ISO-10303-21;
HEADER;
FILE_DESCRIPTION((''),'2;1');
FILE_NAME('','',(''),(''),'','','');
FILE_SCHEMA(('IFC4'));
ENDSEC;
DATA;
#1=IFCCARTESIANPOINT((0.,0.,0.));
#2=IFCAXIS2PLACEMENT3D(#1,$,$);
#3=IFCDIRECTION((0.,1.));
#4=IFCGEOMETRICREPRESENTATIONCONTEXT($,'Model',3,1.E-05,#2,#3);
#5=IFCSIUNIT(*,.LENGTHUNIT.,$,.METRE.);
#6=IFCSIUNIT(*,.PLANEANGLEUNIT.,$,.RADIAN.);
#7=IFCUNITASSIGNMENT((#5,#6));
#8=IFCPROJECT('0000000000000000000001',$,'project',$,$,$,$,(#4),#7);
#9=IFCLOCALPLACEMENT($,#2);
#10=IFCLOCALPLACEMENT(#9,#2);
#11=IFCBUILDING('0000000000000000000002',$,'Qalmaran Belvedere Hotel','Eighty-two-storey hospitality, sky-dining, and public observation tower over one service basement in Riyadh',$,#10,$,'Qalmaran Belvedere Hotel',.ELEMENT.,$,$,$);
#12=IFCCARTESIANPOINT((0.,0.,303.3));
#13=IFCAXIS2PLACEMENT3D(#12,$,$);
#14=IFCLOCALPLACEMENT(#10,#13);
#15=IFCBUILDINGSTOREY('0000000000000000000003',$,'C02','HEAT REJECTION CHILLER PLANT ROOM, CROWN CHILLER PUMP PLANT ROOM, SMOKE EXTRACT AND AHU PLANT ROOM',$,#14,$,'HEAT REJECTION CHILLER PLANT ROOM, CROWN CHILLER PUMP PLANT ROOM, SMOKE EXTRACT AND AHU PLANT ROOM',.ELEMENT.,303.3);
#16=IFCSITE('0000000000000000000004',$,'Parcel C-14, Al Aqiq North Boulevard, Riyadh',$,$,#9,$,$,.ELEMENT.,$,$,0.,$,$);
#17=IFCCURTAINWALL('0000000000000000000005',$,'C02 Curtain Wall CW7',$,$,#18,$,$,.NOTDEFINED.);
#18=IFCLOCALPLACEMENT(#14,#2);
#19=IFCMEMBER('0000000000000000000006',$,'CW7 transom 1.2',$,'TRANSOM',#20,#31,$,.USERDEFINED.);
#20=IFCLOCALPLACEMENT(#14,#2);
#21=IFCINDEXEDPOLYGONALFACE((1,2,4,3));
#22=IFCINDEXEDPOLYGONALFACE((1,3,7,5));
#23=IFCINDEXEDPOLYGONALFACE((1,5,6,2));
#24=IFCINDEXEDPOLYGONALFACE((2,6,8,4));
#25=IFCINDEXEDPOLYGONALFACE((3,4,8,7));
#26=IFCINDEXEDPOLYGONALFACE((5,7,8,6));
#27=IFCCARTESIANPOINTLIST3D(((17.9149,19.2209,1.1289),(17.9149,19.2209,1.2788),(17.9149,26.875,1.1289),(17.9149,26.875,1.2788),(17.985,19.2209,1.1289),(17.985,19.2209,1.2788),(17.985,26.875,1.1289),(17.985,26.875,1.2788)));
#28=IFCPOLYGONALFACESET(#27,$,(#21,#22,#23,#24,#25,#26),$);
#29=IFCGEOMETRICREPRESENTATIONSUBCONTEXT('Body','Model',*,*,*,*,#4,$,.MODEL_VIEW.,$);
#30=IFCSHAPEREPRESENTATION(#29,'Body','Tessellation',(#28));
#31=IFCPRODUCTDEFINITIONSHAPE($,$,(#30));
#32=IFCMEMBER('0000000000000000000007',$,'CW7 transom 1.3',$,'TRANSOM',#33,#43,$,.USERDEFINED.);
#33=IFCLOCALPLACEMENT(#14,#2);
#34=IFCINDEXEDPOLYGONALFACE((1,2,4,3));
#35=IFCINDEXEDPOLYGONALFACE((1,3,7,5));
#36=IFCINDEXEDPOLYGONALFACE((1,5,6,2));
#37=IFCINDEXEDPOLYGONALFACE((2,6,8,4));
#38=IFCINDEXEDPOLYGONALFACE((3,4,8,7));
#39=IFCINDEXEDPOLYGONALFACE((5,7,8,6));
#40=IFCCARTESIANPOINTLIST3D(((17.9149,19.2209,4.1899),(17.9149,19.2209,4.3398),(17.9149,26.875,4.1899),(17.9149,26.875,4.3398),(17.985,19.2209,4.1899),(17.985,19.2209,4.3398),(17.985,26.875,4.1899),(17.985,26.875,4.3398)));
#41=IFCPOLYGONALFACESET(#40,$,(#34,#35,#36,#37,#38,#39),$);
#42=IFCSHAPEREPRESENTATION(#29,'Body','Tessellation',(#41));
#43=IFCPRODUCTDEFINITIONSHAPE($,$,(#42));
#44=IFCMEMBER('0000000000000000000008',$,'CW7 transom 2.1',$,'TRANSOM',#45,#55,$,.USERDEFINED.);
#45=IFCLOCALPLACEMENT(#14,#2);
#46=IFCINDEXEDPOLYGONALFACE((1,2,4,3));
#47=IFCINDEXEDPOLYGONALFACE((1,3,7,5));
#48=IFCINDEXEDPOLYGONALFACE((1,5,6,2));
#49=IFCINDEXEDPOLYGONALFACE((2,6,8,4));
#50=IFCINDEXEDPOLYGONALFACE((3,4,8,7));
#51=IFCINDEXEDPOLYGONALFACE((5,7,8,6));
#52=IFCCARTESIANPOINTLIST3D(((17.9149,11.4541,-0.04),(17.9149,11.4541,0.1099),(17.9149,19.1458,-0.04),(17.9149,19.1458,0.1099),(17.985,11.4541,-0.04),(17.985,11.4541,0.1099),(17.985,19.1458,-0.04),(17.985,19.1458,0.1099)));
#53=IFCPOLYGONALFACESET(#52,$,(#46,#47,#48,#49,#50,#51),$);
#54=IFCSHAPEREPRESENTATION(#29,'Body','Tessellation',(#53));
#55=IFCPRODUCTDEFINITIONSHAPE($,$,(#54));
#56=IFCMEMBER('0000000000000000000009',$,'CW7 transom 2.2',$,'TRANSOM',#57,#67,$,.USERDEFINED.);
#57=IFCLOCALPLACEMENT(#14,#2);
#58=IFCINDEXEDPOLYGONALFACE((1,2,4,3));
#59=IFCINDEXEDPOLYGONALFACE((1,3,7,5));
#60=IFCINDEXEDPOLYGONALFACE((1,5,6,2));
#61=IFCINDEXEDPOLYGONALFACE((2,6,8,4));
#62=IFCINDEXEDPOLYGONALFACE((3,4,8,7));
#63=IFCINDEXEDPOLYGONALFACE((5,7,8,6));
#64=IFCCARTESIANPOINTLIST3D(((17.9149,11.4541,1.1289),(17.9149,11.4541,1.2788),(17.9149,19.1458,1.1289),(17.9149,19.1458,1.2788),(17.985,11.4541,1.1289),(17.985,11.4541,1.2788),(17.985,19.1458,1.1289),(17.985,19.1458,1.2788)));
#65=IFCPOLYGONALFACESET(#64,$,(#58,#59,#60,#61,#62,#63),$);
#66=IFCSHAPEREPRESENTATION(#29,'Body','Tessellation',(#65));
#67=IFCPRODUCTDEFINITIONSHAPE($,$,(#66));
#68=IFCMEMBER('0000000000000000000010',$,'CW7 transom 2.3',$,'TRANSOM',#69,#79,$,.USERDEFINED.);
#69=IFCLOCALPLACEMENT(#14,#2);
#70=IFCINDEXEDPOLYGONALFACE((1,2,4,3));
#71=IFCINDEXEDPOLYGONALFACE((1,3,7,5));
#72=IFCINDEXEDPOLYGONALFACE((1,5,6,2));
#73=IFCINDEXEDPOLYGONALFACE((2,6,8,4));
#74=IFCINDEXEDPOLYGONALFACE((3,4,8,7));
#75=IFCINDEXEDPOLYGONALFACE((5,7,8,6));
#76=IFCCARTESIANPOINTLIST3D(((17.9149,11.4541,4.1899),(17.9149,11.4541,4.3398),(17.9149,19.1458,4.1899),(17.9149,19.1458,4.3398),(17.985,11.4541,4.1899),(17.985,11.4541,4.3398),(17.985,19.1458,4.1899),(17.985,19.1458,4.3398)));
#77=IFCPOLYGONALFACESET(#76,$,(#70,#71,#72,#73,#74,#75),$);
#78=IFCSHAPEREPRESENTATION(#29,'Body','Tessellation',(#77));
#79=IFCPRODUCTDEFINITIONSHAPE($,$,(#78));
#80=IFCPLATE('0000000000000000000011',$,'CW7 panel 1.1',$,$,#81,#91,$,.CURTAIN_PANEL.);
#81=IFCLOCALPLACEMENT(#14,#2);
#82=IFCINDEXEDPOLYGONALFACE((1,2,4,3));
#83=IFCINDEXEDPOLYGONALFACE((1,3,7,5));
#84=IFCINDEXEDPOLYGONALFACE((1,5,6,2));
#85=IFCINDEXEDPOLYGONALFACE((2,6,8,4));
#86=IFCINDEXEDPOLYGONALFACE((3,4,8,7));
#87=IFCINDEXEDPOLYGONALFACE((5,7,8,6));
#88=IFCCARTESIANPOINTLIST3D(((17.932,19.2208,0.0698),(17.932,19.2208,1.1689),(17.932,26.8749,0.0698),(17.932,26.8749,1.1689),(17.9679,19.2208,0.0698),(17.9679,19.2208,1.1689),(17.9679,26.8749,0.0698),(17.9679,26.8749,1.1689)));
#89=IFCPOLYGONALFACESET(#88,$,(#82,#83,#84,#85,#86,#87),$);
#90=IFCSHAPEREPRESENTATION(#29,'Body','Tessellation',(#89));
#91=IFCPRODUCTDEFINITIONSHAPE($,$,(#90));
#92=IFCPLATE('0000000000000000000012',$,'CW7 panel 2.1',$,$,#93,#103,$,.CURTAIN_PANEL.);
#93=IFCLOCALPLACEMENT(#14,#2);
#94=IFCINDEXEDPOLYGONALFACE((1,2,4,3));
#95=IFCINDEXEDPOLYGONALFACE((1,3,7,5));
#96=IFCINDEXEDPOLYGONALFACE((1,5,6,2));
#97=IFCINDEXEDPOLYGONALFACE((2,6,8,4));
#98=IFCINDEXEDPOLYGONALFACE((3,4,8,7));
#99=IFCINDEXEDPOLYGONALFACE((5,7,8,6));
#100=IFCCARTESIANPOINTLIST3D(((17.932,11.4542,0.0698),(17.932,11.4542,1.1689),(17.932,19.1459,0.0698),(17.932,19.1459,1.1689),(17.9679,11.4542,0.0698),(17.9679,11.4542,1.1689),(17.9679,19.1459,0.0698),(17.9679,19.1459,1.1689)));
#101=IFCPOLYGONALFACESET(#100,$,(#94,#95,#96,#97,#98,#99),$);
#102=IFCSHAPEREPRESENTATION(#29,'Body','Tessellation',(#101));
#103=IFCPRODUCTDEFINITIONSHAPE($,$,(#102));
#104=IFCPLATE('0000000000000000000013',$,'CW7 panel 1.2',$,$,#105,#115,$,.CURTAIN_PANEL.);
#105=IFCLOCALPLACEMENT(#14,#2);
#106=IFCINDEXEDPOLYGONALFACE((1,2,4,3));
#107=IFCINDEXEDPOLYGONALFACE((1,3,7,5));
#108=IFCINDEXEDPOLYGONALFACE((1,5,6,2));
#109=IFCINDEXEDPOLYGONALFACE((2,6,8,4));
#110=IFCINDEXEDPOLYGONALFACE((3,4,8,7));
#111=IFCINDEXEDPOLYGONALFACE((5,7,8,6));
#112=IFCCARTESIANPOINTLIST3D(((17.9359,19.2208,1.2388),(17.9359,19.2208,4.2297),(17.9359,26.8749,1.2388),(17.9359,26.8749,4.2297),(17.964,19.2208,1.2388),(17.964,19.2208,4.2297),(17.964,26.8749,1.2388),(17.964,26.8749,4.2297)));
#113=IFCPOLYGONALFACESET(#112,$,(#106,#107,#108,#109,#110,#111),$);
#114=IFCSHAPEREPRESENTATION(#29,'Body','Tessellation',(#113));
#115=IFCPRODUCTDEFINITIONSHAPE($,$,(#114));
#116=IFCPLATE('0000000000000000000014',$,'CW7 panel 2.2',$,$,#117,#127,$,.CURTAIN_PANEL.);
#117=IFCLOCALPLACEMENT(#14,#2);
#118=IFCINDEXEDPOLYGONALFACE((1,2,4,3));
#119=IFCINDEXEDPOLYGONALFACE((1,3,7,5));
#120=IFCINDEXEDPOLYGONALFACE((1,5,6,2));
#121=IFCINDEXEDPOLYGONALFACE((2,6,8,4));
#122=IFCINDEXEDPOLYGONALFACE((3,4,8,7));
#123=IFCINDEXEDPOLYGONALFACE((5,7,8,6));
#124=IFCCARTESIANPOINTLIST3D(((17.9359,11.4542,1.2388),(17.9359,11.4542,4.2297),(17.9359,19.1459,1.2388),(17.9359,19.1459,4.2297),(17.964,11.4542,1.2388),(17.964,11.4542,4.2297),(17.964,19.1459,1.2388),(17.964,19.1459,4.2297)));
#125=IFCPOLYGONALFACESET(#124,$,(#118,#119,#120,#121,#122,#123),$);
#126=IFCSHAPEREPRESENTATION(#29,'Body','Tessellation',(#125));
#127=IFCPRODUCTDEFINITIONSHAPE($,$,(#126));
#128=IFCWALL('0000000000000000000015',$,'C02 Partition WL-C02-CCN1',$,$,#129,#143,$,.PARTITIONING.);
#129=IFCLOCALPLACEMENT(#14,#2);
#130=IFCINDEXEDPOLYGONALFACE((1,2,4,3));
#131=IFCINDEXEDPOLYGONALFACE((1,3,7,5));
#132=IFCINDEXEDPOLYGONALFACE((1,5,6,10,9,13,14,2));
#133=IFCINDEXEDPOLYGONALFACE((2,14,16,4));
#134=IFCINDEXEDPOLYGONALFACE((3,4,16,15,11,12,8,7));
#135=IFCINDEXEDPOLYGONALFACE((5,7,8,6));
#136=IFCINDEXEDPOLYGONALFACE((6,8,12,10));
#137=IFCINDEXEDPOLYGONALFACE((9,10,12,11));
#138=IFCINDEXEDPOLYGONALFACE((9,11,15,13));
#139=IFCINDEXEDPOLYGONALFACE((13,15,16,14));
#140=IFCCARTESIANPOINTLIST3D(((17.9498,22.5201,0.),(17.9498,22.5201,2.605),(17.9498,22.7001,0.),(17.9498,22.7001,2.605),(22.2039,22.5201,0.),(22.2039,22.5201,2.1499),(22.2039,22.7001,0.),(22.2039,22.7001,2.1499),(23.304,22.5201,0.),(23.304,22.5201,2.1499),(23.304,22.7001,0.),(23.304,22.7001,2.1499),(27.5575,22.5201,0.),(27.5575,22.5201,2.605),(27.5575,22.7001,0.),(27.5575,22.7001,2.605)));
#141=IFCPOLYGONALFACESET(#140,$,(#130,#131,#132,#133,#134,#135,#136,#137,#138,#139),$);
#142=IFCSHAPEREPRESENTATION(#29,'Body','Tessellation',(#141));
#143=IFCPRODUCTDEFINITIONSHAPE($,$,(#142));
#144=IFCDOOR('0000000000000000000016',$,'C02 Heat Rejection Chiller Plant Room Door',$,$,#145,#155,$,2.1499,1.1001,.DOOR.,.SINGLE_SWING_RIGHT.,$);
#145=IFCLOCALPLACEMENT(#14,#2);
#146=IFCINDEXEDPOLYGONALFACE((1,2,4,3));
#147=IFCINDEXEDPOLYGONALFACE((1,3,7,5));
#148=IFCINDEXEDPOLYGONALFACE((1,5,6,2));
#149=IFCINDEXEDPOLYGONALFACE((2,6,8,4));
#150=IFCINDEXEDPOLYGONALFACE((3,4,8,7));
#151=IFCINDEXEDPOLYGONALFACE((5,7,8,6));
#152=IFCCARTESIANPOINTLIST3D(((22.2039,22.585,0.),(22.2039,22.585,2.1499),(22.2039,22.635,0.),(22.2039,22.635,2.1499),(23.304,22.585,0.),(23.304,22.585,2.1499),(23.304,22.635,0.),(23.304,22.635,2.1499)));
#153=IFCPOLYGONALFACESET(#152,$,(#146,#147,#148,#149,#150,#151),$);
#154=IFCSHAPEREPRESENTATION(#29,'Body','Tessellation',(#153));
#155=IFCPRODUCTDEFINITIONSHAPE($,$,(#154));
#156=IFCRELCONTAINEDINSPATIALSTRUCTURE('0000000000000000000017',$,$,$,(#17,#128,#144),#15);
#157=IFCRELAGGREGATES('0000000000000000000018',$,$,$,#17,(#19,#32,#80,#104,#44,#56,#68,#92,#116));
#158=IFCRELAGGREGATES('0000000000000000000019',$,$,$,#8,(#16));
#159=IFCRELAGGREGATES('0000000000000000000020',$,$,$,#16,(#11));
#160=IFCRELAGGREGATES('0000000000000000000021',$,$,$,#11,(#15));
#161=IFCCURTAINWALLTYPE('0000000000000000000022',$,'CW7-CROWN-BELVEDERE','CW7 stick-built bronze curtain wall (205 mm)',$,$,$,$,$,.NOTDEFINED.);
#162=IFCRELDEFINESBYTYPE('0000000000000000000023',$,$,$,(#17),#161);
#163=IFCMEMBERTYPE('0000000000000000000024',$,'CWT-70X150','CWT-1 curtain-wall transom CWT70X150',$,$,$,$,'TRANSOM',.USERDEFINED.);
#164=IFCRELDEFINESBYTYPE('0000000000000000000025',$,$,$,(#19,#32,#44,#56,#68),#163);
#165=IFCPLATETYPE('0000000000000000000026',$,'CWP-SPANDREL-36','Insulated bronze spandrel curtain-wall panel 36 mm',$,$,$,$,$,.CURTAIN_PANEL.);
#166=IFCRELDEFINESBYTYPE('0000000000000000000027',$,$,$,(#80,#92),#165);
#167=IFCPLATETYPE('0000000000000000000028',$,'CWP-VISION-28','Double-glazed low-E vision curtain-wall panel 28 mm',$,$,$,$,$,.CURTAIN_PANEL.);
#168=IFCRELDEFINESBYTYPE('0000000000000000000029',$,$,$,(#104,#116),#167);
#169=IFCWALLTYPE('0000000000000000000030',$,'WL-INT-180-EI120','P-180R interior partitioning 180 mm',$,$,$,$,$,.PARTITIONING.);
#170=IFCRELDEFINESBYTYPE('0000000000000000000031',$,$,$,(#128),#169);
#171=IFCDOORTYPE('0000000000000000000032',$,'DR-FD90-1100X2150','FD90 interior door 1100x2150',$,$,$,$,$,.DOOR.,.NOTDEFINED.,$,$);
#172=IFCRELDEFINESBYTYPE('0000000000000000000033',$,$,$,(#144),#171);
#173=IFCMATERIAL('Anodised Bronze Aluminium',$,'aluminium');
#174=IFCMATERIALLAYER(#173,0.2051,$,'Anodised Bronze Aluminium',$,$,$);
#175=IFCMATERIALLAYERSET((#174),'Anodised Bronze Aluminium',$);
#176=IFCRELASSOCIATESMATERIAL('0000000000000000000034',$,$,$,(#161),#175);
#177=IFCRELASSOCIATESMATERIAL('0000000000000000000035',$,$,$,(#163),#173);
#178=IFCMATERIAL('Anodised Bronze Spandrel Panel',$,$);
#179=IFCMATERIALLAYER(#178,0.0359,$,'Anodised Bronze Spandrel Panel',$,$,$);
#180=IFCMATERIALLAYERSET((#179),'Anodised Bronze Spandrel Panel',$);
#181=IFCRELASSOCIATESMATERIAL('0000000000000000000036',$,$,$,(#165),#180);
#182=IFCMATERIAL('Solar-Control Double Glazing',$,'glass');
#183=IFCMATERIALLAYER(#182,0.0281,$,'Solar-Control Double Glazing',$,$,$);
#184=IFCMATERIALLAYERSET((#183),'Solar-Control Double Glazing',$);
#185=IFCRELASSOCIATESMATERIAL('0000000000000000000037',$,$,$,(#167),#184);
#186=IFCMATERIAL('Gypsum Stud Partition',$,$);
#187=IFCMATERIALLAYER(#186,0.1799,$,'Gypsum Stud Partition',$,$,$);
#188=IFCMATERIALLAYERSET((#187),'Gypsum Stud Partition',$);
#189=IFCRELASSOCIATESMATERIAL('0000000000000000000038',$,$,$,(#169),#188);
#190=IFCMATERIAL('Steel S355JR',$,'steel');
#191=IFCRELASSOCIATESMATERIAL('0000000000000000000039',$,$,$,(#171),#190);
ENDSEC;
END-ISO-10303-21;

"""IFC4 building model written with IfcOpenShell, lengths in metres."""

from ifc_helpers import new_model, si_unit, direction, frame, frame_2d, origin, origin_2d, place, context, subcontext, project, spatial, rectangle, extrude, material, layer, layer_set, material_profile, profile_set, type_object, element, fill, aggregate, save


model = new_model("IFC4")

# Units and contexts
model_context = context("Model", 3, precision=1e-05, world=origin(), true_north=direction((0.0, 1.0)))
body_context = subcontext(model_context, "Body", "Model", "MODEL_VIEW")
ifc_project = project(units=[si_unit("LENGTHUNIT", "METRE"), si_unit("PLANEANGLEUNIT", "RADIAN")], contexts=[model_context])

# Site, building, storey
site_placement = place(None, origin())
site = spatial("IfcSite", under=ifc_project, at=site_placement, Name="Parcel C-14, Al Aqiq North Boulevard, Riyadh", CompositionType="ELEMENT", RefElevation=0.0)
building_placement = place(site_placement, origin())
building = spatial("IfcBuilding", under=site, at=building_placement, Name="Qalmaran Belvedere Hotel", Description="Eighty-two-storey hospitality, sky-dining, and public observation tower over one service basement in Riyadh", LongName="Qalmaran Belvedere Hotel", CompositionType="ELEMENT")
storey_placement = place(building_placement, frame((0.0, 0.0, 303.3)))
storey = spatial("IfcBuildingStorey", under=building, at=storey_placement, Name="C02", Description="HEAT REJECTION CHILLER PLANT ROOM, CROWN CHILLER PUMP PLANT ROOM, SMOKE EXTRACT AND AHU PLANT ROOM", LongName="HEAT REJECTION CHILLER PLANT ROOM, CROWN CHILLER PUMP PLANT ROOM, SMOKE EXTRACT AND AHU PLANT ROOM", CompositionType="ELEMENT", Elevation=303.3)

# Shared definitions
ifc_material_1 = material(Name="Steel S355JR", Category="steel")

# Shared definitions
ifc_material_2 = material(Name="Anodised Bronze Aluminium", Category="aluminium")
ifc_layer_1 = layer(ifc_material_2, 0.2051, Name="Anodised Bronze Aluminium")
ifc_layer_set_1 = layer_set([ifc_layer_1], Name="Anodised Bronze Aluminium")
curtain_wall_type = type_object("IfcCurtainWallType", Name="CW7-CROWN-BELVEDERE", Description="CW7 stick-built bronze curtain wall (205 mm)", PredefinedType="NOTDEFINED", material=ifc_layer_set_1)

# Curtain wall, members, plates
curtain_wall_1_placement = place(storey_placement, origin())
curtain_wall_1 = element("IfcCurtainWall", 1, at=curtain_wall_1_placement, inside=storey, type_object=curtain_wall_type, Name="C02 Curtain Wall CW7", PredefinedType="NOTDEFINED")
ifc_material_profile_1 = material_profile(ifc_material_2, rectangle(XDim=0.0701, YDim=0.1499, at=origin_2d()), Name="CWT70X150")
ifc_profile_set_1 = profile_set([ifc_material_profile_1], Name="Anodised Bronze Aluminium")
member_type_1 = type_object("IfcMemberType", Name="CWT-70X150", Description="CWT-1 curtain-wall transom CWT70X150", ElementType="TRANSOM", PredefinedType="USERDEFINED", material=ifc_profile_set_1)
member_1_placement = place(storey_placement, frame((17.95, 26.875, 1.2039), z_axis=(0.0, -1.0, 0.0), x_axis=(1.0, 0.0, 0.0)))
member_1 = element("IfcMember", 2, at=member_1_placement, type_object=member_type_1, Name="CW7 transom 1.2", ObjectType="TRANSOM", PredefinedType="USERDEFINED", context=body_context, shape_type="SweptSolid", body=[
    extrude(rectangle(XDim=0.0701, YDim=0.1499, at=origin_2d()), origin(), (0.0, 0.0, 1.0), 7.6541),
])
member_2_placement = place(storey_placement, frame((17.95, 26.875, 4.2649), z_axis=(0.0, -1.0, 0.0), x_axis=(1.0, 0.0, 0.0)))
member_2 = element("IfcMember", 3, at=member_2_placement, type_object=member_type_1, Name="CW7 transom 1.3", ObjectType="TRANSOM", PredefinedType="USERDEFINED", context=body_context, shape_type="SweptSolid", body=[
    extrude(rectangle(XDim=0.0701, YDim=0.1499, at=origin_2d()), origin(), (0.0, 0.0, 1.0), 7.6541),
])
member_3_placement = place(storey_placement, frame((17.95, 19.1458, 0.0349), z_axis=(0.0, -1.0, 0.0), x_axis=(1.0, 0.0, 0.0)))
member_3 = element("IfcMember", 4, at=member_3_placement, type_object=member_type_1, Name="CW7 transom 2.1", ObjectType="TRANSOM", PredefinedType="USERDEFINED", context=body_context, shape_type="SweptSolid", body=[
    extrude(rectangle(XDim=0.0701, YDim=0.1499, at=origin_2d()), origin(), (0.0, 0.0, 1.0), 7.6917),
])
member_4_placement = place(storey_placement, frame((17.95, 19.1458, 1.2039), z_axis=(0.0, -1.0, 0.0), x_axis=(1.0, 0.0, 0.0)))
member_4 = element("IfcMember", 5, at=member_4_placement, type_object=member_type_1, Name="CW7 transom 2.2", ObjectType="TRANSOM", PredefinedType="USERDEFINED", context=body_context, shape_type="SweptSolid", body=[
    extrude(rectangle(XDim=0.0701, YDim=0.1499, at=origin_2d()), origin(), (0.0, 0.0, 1.0), 7.6917),
])
member_5_placement = place(storey_placement, frame((17.95, 19.1458, 4.2649), z_axis=(0.0, -1.0, 0.0), x_axis=(1.0, 0.0, 0.0)))
member_5 = element("IfcMember", 6, at=member_5_placement, type_object=member_type_1, Name="CW7 transom 2.3", ObjectType="TRANSOM", PredefinedType="USERDEFINED", context=body_context, shape_type="SweptSolid", body=[
    extrude(rectangle(XDim=0.0701, YDim=0.1499, at=origin_2d()), origin(), (0.0, 0.0, 1.0), 7.6917),
])
ifc_material_3 = material(Name="Anodised Bronze Spandrel Panel")
ifc_layer_2 = layer(ifc_material_3, 0.0359, Name="Anodised Bronze Spandrel Panel")
ifc_layer_set_2 = layer_set([ifc_layer_2], Name="Anodised Bronze Spandrel Panel")
plate_type_1 = type_object("IfcPlateType", Name="CWP-SPANDREL-36", Description="Insulated bronze spandrel curtain-wall panel 36 mm", PredefinedType="CURTAIN_PANEL", material=ifc_layer_set_2)
plate_1_placement = place(storey_placement, frame((17.95, 23.0479, 0.0698), z_axis=(0.0, 0.0, 1.0), x_axis=(0.0, -1.0, 0.0)))
plate_1 = element("IfcPlate", 7, at=plate_1_placement, type_object=plate_type_1, Name="CW7 panel 1.1", PredefinedType="CURTAIN_PANEL", context=body_context, shape_type="SweptSolid", body=[
    extrude(rectangle(XDim=7.6541, YDim=0.0359, at=origin_2d()), origin(), (0.0, 0.0, 1.0), 1.0991),
])
plate_2_placement = place(storey_placement, frame((17.95, 15.3, 0.0698), z_axis=(0.0, 0.0, 1.0), x_axis=(0.0, -1.0, 0.0)))
plate_2 = element("IfcPlate", 8, at=plate_2_placement, type_object=plate_type_1, Name="CW7 panel 2.1", PredefinedType="CURTAIN_PANEL", context=body_context, shape_type="SweptSolid", body=[
    extrude(rectangle(XDim=7.6917, YDim=0.0359, at=origin_2d()), origin(), (0.0, 0.0, 1.0), 1.0991),
])
ifc_material_4 = material(Name="Solar-Control Double Glazing", Category="glass")
ifc_layer_3 = layer(ifc_material_4, 0.0281, Name="Solar-Control Double Glazing")
ifc_layer_set_3 = layer_set([ifc_layer_3], Name="Solar-Control Double Glazing")
plate_type_2 = type_object("IfcPlateType", Name="CWP-VISION-28", Description="Double-glazed low-E vision curtain-wall panel 28 mm", PredefinedType="CURTAIN_PANEL", material=ifc_layer_set_3)
plate_3_placement = place(storey_placement, frame((17.95, 23.0479, 1.2388), z_axis=(0.0, 0.0, 1.0), x_axis=(0.0, -1.0, 0.0)))
plate_3 = element("IfcPlate", 9, at=plate_3_placement, type_object=plate_type_2, Name="CW7 panel 1.2", PredefinedType="CURTAIN_PANEL", context=body_context, shape_type="SweptSolid", body=[
    extrude(rectangle(XDim=7.6541, YDim=0.0281, at=origin_2d()), origin(), (0.0, 0.0, 1.0), 2.991),
])
plate_4_placement = place(storey_placement, frame((17.95, 15.3, 1.2388), z_axis=(0.0, 0.0, 1.0), x_axis=(0.0, -1.0, 0.0)))
plate_4 = element("IfcPlate", 10, at=plate_4_placement, type_object=plate_type_2, Name="CW7 panel 2.2", PredefinedType="CURTAIN_PANEL", context=body_context, shape_type="SweptSolid", body=[
    extrude(rectangle(XDim=7.6917, YDim=0.0281, at=origin_2d()), origin(), (0.0, 0.0, 1.0), 2.991),
])
aggregate(curtain_wall_1, [member_1, member_2, plate_1, plate_3, member_3, member_4, member_5, plate_2, plate_4])

# Wall, opening, door
ifc_material_5 = material(Name="Gypsum Stud Partition")
ifc_layer_4 = layer(ifc_material_5, 0.1799, Name="Gypsum Stud Partition")
ifc_layer_set_4 = layer_set([ifc_layer_4], Name="Gypsum Stud Partition")
wall_type_1 = type_object("IfcWallType", Name="WL-INT-180-EI120", Description="P-180R interior partitioning 180 mm", PredefinedType="PARTITIONING", material=ifc_layer_set_4)
wall_1_placement = place(storey_placement, frame((17.95, 22.6101, 0.0), z_axis=(0.0, 0.0, 1.0), x_axis=(1.0, 0.0, 0.0)))
wall_1 = element("IfcWall", 11, at=wall_1_placement, inside=storey, type_object=wall_type_1, Name="C02 Partition WL-C02-CCN1", PredefinedType="PARTITIONING", context=body_context, shape_type="SweptSolid", body=[
    extrude(rectangle(XDim=9.6077, YDim=0.1799, at=frame_2d((4.8037, 0.0))), origin(), (0.0, 0.0, 1.0), 2.605),
])
opening_1_placement = place(wall_1_placement, frame((4.2539, 0.0, 0.0)))
opening_1 = element("IfcOpeningElement", 12, at=opening_1_placement, cuts=wall_1, PredefinedType="OPENING", context=body_context, shape_type="SweptSolid", body=[
    extrude(rectangle(XDim=1.1001, YDim=2.1499, at=frame_2d((0.55, 1.075))), frame((0.0, 0.1001, 0.0), z_axis=(0.0, -1.0, 0.0), x_axis=(1.0, 0.0, 0.0)), (0.0, 0.0, 1.0), 0.2),
])
door_type_1 = type_object("IfcDoorType", Name="DR-FD90-1100X2150", Description="FD90 interior door 1100x2150", OperationType="NOTDEFINED", PredefinedType="DOOR", material=ifc_material_1)
door_1_placement = place(opening_1_placement, origin())
door_1 = element("IfcDoor", 13, at=door_1_placement, inside=storey, type_object=door_type_1, Name="C02 Heat Rejection Chiller Plant Room Door", OperationType="SINGLE_SWING_RIGHT", OverallHeight=2.1499, OverallWidth=1.1001, PredefinedType="DOOR", context=body_context, shape_type="SweptSolid", body=[
    extrude(rectangle(XDim=1.1001, YDim=2.1499, at=frame_2d((0.55, 1.075))), frame((0.0, 0.0249, 0.0), z_axis=(0.0, -1.0, 0.0), x_axis=(1.0, 0.0, 0.0)), (0.0, 0.0, 1.0), 0.05),
])
fill(opening_1, door_1)

save(model, "model.ifc")
